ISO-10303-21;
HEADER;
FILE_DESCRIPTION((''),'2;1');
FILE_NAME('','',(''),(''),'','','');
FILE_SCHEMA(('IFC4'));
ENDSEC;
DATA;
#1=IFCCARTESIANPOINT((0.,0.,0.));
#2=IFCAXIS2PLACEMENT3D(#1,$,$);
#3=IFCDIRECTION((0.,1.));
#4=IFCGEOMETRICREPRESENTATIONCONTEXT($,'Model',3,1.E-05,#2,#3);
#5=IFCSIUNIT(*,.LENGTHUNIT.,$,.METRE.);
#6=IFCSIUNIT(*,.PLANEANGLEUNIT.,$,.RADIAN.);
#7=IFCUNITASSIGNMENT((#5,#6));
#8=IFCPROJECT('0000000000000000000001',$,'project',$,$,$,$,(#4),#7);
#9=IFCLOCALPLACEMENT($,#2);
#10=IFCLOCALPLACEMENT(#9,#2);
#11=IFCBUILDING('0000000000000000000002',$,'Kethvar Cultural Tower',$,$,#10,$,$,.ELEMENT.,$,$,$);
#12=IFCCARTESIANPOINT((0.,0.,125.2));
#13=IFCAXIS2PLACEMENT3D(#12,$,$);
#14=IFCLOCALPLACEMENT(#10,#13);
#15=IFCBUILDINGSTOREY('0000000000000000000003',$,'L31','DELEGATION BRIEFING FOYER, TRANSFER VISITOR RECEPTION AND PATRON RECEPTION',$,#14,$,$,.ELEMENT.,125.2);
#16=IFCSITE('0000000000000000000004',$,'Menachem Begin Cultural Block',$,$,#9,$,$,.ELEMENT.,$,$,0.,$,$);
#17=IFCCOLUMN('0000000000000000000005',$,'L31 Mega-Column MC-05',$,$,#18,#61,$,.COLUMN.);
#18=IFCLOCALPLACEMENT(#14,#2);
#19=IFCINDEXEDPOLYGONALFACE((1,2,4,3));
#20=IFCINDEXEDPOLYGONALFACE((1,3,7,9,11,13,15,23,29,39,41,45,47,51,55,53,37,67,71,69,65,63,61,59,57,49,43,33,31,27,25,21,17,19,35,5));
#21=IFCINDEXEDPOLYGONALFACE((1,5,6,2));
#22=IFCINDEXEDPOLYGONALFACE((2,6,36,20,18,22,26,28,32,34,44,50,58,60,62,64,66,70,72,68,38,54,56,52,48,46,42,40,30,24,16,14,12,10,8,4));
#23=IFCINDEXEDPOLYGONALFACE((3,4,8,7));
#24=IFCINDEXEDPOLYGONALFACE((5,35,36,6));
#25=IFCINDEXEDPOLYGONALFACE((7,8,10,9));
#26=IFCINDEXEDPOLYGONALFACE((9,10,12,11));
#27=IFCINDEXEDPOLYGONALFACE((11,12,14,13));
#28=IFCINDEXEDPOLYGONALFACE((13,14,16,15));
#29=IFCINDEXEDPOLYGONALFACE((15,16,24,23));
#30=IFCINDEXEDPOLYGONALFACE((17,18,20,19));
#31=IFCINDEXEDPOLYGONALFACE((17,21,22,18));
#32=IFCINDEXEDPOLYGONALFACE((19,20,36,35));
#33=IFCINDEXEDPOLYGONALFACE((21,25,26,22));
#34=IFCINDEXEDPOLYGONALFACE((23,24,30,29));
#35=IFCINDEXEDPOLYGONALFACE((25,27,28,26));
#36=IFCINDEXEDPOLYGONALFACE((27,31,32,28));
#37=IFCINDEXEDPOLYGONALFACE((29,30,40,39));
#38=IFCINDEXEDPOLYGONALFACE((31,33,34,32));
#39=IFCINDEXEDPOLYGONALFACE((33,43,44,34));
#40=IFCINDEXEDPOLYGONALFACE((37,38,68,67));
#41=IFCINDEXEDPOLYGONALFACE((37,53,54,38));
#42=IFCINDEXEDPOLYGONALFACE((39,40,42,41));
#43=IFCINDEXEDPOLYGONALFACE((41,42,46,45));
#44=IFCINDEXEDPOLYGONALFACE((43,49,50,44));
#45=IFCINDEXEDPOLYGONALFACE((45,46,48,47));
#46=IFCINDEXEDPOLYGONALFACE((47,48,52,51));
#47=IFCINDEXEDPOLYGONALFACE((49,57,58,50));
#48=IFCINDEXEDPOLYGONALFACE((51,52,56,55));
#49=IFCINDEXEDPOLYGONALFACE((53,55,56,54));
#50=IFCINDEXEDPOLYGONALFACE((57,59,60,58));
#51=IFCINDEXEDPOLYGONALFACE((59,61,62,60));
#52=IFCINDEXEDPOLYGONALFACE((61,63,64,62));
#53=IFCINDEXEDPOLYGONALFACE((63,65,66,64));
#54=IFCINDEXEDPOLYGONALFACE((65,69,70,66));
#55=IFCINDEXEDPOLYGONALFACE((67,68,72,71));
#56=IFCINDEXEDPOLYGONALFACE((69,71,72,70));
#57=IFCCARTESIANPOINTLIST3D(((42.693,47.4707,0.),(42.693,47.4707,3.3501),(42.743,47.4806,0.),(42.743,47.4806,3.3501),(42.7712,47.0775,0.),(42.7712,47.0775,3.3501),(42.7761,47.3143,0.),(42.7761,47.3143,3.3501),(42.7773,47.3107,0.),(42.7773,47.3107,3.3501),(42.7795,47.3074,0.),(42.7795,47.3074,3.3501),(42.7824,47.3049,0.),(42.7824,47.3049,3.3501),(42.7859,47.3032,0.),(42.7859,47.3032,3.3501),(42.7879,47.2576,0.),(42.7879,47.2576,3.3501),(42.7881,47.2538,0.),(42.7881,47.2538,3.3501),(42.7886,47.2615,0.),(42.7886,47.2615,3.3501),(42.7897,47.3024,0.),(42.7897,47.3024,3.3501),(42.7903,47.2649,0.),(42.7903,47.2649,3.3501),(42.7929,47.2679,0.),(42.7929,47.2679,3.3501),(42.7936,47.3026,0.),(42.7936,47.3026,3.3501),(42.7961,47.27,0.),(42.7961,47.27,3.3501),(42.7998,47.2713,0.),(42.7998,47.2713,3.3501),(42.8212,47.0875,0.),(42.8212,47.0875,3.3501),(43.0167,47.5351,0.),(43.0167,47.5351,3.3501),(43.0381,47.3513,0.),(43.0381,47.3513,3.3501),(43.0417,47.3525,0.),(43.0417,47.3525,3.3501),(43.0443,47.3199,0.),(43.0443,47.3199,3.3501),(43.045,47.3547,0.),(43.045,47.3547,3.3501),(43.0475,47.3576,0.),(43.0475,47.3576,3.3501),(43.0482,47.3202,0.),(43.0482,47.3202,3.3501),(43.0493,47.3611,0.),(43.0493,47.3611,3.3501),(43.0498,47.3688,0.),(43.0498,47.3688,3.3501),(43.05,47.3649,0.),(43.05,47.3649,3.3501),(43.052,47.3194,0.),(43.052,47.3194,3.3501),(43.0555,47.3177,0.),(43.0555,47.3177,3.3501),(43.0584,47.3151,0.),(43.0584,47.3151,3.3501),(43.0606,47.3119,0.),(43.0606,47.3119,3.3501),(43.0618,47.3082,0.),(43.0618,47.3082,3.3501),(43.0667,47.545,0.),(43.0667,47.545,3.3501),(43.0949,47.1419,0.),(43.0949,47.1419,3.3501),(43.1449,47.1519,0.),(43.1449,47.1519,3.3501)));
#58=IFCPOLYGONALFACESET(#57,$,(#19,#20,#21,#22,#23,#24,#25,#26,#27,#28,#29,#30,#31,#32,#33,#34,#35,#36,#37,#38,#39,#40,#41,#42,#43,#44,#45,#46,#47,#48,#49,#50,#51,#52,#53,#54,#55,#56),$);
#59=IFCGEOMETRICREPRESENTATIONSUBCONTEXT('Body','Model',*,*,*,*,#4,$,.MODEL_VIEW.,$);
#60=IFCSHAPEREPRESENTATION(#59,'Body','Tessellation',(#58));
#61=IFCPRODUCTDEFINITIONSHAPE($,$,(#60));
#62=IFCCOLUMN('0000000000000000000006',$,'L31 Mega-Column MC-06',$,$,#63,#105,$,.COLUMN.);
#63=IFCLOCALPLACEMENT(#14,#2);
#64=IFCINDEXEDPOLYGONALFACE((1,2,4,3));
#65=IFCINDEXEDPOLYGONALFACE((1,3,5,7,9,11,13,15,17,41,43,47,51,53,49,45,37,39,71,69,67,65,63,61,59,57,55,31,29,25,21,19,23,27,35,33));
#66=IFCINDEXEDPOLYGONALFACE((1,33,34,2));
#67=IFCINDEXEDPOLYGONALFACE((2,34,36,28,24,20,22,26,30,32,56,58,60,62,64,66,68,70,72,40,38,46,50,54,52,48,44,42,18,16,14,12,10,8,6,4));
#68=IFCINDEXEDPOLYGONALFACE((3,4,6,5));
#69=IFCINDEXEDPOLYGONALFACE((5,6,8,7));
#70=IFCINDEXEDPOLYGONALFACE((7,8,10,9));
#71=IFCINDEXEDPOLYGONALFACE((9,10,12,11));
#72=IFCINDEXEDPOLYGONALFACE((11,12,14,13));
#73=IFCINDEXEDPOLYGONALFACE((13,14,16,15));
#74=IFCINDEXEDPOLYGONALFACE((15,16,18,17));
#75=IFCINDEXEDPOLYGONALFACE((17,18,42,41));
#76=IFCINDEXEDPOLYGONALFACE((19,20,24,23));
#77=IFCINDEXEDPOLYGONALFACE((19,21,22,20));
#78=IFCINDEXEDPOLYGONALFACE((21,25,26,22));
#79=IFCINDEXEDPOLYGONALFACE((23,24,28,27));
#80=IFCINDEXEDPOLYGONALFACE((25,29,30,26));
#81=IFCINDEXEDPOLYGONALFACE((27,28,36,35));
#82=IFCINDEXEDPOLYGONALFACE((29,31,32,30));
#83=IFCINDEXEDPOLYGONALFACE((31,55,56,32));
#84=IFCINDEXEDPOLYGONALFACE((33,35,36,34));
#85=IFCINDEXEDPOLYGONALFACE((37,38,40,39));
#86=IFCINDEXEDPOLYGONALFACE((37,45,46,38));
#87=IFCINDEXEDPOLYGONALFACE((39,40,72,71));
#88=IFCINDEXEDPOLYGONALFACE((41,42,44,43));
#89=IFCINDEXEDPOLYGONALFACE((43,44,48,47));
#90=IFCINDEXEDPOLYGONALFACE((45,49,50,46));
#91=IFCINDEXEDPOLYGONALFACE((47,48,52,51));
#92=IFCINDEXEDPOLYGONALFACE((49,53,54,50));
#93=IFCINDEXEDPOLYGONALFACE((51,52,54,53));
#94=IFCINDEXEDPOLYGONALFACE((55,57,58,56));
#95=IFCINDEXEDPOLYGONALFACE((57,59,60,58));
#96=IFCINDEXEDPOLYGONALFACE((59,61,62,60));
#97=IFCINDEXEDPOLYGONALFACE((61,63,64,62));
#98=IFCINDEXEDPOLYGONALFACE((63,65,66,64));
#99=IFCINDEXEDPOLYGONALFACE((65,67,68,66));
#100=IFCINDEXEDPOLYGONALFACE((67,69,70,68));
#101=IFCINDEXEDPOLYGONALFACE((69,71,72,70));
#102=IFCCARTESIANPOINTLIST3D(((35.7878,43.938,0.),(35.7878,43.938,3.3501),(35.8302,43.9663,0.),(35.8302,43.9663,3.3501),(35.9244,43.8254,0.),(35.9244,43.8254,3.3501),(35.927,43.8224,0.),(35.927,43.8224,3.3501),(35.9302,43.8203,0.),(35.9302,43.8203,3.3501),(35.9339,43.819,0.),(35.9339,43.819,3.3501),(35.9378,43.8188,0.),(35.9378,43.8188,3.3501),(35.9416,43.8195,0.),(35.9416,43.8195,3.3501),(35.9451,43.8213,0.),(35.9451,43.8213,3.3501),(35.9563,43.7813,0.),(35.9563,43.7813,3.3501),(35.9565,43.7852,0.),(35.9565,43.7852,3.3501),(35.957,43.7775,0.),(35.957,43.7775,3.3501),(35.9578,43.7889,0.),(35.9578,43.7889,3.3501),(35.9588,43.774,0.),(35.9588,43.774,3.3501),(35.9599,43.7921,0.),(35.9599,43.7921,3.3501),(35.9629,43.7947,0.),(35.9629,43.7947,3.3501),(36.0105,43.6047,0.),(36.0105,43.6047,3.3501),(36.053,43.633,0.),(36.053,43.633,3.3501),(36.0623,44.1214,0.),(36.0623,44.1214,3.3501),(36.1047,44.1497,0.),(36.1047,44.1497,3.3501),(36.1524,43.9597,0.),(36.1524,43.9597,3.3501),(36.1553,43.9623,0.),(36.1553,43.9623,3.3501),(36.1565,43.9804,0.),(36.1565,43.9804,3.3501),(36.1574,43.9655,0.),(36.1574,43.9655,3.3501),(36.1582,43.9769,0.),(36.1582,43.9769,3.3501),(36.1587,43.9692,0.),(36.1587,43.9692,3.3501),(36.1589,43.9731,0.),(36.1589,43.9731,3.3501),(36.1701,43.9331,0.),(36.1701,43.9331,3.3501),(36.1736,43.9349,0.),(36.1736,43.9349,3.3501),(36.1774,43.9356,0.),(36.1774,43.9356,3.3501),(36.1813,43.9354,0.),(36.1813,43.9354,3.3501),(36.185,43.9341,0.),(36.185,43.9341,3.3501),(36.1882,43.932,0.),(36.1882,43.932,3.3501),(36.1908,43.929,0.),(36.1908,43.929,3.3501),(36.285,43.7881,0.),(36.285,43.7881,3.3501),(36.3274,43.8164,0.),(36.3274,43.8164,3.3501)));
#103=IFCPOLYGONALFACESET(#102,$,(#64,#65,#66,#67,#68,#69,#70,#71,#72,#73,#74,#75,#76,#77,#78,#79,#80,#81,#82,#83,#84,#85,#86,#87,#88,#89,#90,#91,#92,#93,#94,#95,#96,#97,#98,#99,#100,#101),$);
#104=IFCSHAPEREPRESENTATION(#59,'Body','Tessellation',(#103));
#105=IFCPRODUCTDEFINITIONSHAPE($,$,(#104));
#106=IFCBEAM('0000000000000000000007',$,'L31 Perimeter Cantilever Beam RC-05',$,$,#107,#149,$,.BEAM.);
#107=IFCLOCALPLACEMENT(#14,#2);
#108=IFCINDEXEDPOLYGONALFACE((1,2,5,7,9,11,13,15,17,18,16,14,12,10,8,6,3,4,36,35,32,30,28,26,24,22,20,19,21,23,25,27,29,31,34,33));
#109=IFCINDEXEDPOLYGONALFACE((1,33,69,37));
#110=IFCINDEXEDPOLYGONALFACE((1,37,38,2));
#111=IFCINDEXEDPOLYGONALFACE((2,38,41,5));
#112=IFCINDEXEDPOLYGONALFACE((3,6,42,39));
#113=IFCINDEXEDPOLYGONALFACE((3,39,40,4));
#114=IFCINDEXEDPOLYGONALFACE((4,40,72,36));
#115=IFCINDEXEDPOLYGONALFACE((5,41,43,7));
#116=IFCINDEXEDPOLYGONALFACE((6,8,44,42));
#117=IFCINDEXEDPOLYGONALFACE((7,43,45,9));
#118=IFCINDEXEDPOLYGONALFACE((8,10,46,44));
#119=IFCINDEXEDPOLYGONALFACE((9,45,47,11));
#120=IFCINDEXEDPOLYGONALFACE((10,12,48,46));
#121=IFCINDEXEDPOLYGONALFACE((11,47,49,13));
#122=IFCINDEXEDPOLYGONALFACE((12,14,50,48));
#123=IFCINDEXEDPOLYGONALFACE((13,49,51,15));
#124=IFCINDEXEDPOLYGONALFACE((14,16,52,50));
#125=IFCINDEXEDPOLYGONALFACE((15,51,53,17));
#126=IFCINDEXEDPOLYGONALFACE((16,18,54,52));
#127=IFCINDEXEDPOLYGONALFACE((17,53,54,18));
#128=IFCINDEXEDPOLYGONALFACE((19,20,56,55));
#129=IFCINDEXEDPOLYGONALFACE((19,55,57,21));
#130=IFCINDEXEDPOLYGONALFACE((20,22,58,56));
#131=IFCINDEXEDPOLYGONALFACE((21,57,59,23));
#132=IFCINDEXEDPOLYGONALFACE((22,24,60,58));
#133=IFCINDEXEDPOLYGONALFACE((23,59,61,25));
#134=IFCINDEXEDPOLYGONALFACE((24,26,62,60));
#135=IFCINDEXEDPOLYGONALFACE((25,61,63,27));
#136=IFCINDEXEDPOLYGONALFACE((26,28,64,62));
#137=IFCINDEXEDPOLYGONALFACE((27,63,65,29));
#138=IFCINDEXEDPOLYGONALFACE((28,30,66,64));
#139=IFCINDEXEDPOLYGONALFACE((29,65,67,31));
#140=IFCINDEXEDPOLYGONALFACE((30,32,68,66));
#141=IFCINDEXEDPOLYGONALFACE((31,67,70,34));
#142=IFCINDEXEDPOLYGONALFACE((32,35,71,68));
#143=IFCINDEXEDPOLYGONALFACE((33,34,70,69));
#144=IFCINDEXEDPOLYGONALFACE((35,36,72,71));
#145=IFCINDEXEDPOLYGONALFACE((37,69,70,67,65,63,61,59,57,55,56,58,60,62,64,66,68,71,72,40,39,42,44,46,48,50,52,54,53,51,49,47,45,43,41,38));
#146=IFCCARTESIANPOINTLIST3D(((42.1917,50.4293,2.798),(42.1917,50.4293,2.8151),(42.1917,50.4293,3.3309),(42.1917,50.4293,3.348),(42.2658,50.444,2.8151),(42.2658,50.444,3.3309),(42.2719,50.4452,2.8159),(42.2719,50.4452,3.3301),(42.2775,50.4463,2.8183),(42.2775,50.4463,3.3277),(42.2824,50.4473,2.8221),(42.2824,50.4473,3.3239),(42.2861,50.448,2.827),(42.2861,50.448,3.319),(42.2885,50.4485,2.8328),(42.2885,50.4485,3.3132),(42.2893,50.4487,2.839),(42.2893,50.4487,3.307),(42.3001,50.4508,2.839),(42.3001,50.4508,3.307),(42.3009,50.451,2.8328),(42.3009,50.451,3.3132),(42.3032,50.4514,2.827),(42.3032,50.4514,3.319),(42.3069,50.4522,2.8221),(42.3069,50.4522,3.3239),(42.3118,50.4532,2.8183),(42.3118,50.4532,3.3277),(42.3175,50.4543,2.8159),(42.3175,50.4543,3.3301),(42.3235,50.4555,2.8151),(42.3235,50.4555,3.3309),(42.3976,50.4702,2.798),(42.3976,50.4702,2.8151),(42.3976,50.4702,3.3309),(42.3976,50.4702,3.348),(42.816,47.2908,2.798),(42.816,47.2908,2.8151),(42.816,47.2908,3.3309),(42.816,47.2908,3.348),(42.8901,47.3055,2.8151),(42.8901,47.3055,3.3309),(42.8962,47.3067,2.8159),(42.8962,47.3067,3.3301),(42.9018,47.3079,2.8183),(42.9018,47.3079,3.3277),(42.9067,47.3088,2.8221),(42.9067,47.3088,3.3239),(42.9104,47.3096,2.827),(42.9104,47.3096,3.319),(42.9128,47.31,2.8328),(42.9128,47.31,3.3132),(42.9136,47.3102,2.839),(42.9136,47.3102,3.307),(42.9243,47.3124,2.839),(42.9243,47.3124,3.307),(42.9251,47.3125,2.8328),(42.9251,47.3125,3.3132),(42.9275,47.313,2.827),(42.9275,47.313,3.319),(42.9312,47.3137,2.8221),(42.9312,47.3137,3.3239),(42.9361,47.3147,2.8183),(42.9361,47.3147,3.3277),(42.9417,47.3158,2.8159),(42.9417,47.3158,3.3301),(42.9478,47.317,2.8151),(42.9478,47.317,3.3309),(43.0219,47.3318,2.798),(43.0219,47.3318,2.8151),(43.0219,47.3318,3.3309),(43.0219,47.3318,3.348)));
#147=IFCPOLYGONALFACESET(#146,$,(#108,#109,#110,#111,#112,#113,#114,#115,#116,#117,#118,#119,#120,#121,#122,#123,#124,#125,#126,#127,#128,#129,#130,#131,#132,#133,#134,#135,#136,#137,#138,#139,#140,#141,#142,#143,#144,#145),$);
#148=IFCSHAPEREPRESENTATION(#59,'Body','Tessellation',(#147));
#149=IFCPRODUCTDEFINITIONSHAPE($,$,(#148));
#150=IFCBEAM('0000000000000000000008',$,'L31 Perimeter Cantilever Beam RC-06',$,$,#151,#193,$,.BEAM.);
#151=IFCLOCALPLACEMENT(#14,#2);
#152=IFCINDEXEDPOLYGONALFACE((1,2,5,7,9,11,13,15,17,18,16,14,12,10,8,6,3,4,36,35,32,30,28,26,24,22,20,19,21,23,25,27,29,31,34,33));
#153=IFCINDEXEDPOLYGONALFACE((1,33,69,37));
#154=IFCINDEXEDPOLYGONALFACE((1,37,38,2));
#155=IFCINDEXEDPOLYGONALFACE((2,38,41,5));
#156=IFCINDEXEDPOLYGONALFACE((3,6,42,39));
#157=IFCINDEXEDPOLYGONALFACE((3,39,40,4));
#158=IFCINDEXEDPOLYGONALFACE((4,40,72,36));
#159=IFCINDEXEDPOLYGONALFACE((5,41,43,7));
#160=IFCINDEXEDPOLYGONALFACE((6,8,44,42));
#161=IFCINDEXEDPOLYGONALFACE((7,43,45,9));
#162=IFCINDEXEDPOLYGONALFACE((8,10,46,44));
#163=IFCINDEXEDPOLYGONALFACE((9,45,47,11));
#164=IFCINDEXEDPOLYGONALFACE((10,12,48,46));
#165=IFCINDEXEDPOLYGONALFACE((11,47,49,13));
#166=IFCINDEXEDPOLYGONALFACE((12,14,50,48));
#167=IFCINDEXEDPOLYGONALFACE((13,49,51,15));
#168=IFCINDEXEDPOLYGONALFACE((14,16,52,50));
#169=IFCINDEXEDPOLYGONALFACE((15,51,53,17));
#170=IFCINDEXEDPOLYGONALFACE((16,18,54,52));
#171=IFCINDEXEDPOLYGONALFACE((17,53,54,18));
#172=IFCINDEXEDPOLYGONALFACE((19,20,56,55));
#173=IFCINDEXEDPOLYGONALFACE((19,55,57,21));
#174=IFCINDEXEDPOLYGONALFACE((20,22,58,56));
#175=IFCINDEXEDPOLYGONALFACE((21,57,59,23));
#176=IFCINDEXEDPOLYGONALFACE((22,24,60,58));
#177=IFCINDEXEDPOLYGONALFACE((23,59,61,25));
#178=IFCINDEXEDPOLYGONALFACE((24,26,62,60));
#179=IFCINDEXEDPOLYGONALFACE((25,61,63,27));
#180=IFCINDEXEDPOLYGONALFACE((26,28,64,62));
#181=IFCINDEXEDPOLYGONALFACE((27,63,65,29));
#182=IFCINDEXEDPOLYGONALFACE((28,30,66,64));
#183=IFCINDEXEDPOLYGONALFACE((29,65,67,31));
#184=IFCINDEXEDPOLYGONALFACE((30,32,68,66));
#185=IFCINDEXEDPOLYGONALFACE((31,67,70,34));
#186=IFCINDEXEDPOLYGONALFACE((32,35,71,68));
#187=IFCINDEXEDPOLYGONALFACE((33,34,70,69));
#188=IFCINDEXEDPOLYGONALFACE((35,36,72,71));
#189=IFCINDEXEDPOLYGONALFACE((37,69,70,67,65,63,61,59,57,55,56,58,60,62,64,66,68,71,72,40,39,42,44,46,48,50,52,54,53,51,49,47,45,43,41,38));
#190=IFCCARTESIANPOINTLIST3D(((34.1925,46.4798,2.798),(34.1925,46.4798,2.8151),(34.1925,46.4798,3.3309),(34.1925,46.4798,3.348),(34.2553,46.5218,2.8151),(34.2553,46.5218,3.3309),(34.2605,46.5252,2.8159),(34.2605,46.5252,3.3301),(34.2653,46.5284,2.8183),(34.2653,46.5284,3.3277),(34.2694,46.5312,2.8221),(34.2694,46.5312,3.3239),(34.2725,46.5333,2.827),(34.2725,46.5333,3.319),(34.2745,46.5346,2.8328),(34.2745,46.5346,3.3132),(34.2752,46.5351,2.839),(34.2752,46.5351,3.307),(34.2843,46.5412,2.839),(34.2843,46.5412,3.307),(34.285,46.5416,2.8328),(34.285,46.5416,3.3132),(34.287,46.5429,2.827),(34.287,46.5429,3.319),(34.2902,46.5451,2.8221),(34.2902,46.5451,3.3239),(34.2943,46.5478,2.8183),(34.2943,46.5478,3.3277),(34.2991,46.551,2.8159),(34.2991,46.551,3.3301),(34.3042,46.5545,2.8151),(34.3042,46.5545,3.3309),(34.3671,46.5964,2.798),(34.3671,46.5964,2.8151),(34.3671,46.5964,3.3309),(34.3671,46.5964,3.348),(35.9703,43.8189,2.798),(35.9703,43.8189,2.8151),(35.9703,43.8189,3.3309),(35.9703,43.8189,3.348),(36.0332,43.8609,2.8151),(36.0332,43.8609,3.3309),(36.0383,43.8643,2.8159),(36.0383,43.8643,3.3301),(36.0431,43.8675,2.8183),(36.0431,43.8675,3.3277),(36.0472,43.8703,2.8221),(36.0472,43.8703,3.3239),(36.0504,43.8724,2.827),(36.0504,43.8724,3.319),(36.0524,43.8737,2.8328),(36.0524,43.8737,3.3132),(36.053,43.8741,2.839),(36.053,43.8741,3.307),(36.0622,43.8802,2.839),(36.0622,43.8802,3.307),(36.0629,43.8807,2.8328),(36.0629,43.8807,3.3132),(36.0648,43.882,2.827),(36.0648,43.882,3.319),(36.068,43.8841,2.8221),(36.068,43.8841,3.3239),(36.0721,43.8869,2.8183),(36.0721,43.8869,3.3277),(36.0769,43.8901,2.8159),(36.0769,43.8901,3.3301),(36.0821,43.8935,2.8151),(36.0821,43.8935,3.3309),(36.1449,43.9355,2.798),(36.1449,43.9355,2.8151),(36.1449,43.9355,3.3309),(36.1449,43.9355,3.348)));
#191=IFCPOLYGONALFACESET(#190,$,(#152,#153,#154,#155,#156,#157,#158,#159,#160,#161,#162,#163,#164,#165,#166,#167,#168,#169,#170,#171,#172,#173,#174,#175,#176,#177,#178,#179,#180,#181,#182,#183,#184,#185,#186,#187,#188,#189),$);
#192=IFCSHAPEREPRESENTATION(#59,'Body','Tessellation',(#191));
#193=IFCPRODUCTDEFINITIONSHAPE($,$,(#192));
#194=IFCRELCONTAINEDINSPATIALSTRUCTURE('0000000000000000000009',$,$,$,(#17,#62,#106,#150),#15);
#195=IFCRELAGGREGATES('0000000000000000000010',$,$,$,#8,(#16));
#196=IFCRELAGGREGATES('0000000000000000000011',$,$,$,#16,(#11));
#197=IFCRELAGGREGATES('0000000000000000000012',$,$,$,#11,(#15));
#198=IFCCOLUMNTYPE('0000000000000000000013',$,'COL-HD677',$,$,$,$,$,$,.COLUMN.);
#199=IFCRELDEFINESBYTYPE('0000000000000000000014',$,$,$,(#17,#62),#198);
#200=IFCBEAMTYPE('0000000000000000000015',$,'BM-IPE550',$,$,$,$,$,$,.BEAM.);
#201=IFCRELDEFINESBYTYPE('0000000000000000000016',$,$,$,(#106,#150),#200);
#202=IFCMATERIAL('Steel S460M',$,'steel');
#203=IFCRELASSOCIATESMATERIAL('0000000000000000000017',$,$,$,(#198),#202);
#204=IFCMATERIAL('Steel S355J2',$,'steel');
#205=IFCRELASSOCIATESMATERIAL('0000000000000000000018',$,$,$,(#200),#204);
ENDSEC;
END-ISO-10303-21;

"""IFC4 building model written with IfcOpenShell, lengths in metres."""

from ifc_helpers import new_model, si_unit, direction, frame, origin, origin_2d, place, context, subcontext, project, spatial, i_section, extrude, source, transform, mapped, material, material_profile, profile_set, type_object, element, save


model = new_model("IFC4")

# Units and contexts
model_context = context("Model", 3, precision=1e-05, world=origin(), true_north=direction((0.0, 1.0)))
body_context = subcontext(model_context, "Body", "Model", "MODEL_VIEW")
ifc_project = project(units=[si_unit("LENGTHUNIT", "METRE"), si_unit("PLANEANGLEUNIT", "RADIAN")], contexts=[model_context])

# Site, building, storey
site_placement = place(None, origin())
site = spatial("IfcSite", under=ifc_project, at=site_placement, Name="Menachem Begin Cultural Block", CompositionType="ELEMENT", RefElevation=0.0)
building_placement = place(site_placement, origin())
building = spatial("IfcBuilding", under=site, at=building_placement, Name="Kethvar Cultural Tower", CompositionType="ELEMENT")
storey_placement = place(building_placement, frame((0.0, 0.0, 125.2)))
storey = spatial("IfcBuildingStorey", under=building, at=storey_placement, Name="L31", Description="DELEGATION BRIEFING FOYER, TRANSFER VISITOR RECEPTION AND PATRON RECEPTION", CompositionType="ELEMENT", Elevation=125.2)

# Columns
ifc_material_1 = material(Name="Steel S460M", Category="steel")
ifc_material_profile_1 = material_profile(ifc_material_1, i_section(OverallWidth=0.4009, OverallDepth=0.3811, WebThickness=0.032, FlangeThickness=0.051, FilletRadius=0.0149, at=origin_2d()), Name="Steel S460M — HD400x677")
ifc_profile_set_1 = profile_set([ifc_material_profile_1], Name="Steel S460M — HD400x677")
column_type = type_object("IfcColumnType", Name="COL-HD677", PredefinedType="COLUMN", material=ifc_profile_set_1)
shared_shape_1 = source(origin(), body_context, "Body", "SweptSolid", [
    extrude(i_section(OverallWidth=0.4009, OverallDepth=0.3811, WebThickness=0.032, FlangeThickness=0.051, FilletRadius=0.0149, at=origin_2d()), origin(), (0.0, 0.0, 1.0), 3.3501),
])
for number, where, z_axis, x_axis, name in (
    (1, (42.9189, 47.3113, 0.0), (0.0, 0.0, 1.0), (-0.19509, 0.980785, 0.0), "L31 Mega-Column MC-05"),
    (2, (36.0576, 43.8772, 0.0), (0.0, 0.0, 1.0), (-0.55557, 0.83147, 0.0), "L31 Mega-Column MC-06"),
):
    element("IfcColumn", number, at=place(storey_placement, frame(where, z_axis=z_axis, x_axis=x_axis)), inside=storey, type_object=column_type, Name=name, PredefinedType="COLUMN", context=body_context, shape_type="MappedRepresentation", body=[
        mapped(shared_shape_1, transform((0.0, 0.0, 0.0), scale=1.0)),
    ])

# Beams
ifc_material_2 = material(Name="Steel S355J2", Category="steel")
ifc_material_profile_2 = material_profile(ifc_material_2, i_section(OverallWidth=0.21, OverallDepth=0.55, WebThickness=0.011, FlangeThickness=0.0171, FilletRadius=0.0239, at=origin_2d()), Name="Steel S355J2 — IPE550")
ifc_profile_set_2 = profile_set([ifc_material_profile_2], Name="Steel S355J2 — IPE550")
beam_type_1 = type_object("IfcBeamType", Name="BM-IPE550", PredefinedType="BEAM", material=ifc_profile_set_2)
shared_shape_2 = source(origin(), body_context, "Body", "SweptSolid", [
    extrude(i_section(OverallWidth=0.21, OverallDepth=0.55, WebThickness=0.011, FlangeThickness=0.0171, FilletRadius=0.0239, at=origin_2d()), origin(), (0.0, 0.0, 1.0), 3.2),
])
beam_1_placement = place(storey_placement, frame((42.9189, 47.3113, 3.073), z_axis=(-0.195089, 0.980786, 0.0), x_axis=(-0.980786, -0.195089, 0.0)))
element("IfcBeam", 3, at=beam_1_placement, inside=storey, type_object=beam_type_1, Name="L31 Perimeter Cantilever Beam RC-05", PredefinedType="BEAM", context=body_context, shape_type="MappedRepresentation", body=[
    mapped(shared_shape_2, transform((0.0, 0.0, 0.0), scale=1.0)),
])
shared_shape_3 = source(origin(), body_context, "Body", "SweptSolid", [
    extrude(i_section(OverallWidth=0.21, OverallDepth=0.55, WebThickness=0.011, FlangeThickness=0.0171, FilletRadius=0.0239, at=origin_2d()), origin(), (0.0, 0.0, 1.0), 3.2002),
])
beam_2_placement = place(storey_placement, frame((36.0576, 43.8772, 3.073), z_axis=(-0.555545, 0.831486, 0.0), x_axis=(-0.831486, -0.555545, 0.0)))
element("IfcBeam", 4, at=beam_2_placement, inside=storey, type_object=beam_type_1, Name="L31 Perimeter Cantilever Beam RC-06", PredefinedType="BEAM", context=body_context, shape_type="MappedRepresentation", body=[
    mapped(shared_shape_3, transform((0.0, 0.0, 0.0), scale=1.0)),
])

save(model, "model.ifc")
